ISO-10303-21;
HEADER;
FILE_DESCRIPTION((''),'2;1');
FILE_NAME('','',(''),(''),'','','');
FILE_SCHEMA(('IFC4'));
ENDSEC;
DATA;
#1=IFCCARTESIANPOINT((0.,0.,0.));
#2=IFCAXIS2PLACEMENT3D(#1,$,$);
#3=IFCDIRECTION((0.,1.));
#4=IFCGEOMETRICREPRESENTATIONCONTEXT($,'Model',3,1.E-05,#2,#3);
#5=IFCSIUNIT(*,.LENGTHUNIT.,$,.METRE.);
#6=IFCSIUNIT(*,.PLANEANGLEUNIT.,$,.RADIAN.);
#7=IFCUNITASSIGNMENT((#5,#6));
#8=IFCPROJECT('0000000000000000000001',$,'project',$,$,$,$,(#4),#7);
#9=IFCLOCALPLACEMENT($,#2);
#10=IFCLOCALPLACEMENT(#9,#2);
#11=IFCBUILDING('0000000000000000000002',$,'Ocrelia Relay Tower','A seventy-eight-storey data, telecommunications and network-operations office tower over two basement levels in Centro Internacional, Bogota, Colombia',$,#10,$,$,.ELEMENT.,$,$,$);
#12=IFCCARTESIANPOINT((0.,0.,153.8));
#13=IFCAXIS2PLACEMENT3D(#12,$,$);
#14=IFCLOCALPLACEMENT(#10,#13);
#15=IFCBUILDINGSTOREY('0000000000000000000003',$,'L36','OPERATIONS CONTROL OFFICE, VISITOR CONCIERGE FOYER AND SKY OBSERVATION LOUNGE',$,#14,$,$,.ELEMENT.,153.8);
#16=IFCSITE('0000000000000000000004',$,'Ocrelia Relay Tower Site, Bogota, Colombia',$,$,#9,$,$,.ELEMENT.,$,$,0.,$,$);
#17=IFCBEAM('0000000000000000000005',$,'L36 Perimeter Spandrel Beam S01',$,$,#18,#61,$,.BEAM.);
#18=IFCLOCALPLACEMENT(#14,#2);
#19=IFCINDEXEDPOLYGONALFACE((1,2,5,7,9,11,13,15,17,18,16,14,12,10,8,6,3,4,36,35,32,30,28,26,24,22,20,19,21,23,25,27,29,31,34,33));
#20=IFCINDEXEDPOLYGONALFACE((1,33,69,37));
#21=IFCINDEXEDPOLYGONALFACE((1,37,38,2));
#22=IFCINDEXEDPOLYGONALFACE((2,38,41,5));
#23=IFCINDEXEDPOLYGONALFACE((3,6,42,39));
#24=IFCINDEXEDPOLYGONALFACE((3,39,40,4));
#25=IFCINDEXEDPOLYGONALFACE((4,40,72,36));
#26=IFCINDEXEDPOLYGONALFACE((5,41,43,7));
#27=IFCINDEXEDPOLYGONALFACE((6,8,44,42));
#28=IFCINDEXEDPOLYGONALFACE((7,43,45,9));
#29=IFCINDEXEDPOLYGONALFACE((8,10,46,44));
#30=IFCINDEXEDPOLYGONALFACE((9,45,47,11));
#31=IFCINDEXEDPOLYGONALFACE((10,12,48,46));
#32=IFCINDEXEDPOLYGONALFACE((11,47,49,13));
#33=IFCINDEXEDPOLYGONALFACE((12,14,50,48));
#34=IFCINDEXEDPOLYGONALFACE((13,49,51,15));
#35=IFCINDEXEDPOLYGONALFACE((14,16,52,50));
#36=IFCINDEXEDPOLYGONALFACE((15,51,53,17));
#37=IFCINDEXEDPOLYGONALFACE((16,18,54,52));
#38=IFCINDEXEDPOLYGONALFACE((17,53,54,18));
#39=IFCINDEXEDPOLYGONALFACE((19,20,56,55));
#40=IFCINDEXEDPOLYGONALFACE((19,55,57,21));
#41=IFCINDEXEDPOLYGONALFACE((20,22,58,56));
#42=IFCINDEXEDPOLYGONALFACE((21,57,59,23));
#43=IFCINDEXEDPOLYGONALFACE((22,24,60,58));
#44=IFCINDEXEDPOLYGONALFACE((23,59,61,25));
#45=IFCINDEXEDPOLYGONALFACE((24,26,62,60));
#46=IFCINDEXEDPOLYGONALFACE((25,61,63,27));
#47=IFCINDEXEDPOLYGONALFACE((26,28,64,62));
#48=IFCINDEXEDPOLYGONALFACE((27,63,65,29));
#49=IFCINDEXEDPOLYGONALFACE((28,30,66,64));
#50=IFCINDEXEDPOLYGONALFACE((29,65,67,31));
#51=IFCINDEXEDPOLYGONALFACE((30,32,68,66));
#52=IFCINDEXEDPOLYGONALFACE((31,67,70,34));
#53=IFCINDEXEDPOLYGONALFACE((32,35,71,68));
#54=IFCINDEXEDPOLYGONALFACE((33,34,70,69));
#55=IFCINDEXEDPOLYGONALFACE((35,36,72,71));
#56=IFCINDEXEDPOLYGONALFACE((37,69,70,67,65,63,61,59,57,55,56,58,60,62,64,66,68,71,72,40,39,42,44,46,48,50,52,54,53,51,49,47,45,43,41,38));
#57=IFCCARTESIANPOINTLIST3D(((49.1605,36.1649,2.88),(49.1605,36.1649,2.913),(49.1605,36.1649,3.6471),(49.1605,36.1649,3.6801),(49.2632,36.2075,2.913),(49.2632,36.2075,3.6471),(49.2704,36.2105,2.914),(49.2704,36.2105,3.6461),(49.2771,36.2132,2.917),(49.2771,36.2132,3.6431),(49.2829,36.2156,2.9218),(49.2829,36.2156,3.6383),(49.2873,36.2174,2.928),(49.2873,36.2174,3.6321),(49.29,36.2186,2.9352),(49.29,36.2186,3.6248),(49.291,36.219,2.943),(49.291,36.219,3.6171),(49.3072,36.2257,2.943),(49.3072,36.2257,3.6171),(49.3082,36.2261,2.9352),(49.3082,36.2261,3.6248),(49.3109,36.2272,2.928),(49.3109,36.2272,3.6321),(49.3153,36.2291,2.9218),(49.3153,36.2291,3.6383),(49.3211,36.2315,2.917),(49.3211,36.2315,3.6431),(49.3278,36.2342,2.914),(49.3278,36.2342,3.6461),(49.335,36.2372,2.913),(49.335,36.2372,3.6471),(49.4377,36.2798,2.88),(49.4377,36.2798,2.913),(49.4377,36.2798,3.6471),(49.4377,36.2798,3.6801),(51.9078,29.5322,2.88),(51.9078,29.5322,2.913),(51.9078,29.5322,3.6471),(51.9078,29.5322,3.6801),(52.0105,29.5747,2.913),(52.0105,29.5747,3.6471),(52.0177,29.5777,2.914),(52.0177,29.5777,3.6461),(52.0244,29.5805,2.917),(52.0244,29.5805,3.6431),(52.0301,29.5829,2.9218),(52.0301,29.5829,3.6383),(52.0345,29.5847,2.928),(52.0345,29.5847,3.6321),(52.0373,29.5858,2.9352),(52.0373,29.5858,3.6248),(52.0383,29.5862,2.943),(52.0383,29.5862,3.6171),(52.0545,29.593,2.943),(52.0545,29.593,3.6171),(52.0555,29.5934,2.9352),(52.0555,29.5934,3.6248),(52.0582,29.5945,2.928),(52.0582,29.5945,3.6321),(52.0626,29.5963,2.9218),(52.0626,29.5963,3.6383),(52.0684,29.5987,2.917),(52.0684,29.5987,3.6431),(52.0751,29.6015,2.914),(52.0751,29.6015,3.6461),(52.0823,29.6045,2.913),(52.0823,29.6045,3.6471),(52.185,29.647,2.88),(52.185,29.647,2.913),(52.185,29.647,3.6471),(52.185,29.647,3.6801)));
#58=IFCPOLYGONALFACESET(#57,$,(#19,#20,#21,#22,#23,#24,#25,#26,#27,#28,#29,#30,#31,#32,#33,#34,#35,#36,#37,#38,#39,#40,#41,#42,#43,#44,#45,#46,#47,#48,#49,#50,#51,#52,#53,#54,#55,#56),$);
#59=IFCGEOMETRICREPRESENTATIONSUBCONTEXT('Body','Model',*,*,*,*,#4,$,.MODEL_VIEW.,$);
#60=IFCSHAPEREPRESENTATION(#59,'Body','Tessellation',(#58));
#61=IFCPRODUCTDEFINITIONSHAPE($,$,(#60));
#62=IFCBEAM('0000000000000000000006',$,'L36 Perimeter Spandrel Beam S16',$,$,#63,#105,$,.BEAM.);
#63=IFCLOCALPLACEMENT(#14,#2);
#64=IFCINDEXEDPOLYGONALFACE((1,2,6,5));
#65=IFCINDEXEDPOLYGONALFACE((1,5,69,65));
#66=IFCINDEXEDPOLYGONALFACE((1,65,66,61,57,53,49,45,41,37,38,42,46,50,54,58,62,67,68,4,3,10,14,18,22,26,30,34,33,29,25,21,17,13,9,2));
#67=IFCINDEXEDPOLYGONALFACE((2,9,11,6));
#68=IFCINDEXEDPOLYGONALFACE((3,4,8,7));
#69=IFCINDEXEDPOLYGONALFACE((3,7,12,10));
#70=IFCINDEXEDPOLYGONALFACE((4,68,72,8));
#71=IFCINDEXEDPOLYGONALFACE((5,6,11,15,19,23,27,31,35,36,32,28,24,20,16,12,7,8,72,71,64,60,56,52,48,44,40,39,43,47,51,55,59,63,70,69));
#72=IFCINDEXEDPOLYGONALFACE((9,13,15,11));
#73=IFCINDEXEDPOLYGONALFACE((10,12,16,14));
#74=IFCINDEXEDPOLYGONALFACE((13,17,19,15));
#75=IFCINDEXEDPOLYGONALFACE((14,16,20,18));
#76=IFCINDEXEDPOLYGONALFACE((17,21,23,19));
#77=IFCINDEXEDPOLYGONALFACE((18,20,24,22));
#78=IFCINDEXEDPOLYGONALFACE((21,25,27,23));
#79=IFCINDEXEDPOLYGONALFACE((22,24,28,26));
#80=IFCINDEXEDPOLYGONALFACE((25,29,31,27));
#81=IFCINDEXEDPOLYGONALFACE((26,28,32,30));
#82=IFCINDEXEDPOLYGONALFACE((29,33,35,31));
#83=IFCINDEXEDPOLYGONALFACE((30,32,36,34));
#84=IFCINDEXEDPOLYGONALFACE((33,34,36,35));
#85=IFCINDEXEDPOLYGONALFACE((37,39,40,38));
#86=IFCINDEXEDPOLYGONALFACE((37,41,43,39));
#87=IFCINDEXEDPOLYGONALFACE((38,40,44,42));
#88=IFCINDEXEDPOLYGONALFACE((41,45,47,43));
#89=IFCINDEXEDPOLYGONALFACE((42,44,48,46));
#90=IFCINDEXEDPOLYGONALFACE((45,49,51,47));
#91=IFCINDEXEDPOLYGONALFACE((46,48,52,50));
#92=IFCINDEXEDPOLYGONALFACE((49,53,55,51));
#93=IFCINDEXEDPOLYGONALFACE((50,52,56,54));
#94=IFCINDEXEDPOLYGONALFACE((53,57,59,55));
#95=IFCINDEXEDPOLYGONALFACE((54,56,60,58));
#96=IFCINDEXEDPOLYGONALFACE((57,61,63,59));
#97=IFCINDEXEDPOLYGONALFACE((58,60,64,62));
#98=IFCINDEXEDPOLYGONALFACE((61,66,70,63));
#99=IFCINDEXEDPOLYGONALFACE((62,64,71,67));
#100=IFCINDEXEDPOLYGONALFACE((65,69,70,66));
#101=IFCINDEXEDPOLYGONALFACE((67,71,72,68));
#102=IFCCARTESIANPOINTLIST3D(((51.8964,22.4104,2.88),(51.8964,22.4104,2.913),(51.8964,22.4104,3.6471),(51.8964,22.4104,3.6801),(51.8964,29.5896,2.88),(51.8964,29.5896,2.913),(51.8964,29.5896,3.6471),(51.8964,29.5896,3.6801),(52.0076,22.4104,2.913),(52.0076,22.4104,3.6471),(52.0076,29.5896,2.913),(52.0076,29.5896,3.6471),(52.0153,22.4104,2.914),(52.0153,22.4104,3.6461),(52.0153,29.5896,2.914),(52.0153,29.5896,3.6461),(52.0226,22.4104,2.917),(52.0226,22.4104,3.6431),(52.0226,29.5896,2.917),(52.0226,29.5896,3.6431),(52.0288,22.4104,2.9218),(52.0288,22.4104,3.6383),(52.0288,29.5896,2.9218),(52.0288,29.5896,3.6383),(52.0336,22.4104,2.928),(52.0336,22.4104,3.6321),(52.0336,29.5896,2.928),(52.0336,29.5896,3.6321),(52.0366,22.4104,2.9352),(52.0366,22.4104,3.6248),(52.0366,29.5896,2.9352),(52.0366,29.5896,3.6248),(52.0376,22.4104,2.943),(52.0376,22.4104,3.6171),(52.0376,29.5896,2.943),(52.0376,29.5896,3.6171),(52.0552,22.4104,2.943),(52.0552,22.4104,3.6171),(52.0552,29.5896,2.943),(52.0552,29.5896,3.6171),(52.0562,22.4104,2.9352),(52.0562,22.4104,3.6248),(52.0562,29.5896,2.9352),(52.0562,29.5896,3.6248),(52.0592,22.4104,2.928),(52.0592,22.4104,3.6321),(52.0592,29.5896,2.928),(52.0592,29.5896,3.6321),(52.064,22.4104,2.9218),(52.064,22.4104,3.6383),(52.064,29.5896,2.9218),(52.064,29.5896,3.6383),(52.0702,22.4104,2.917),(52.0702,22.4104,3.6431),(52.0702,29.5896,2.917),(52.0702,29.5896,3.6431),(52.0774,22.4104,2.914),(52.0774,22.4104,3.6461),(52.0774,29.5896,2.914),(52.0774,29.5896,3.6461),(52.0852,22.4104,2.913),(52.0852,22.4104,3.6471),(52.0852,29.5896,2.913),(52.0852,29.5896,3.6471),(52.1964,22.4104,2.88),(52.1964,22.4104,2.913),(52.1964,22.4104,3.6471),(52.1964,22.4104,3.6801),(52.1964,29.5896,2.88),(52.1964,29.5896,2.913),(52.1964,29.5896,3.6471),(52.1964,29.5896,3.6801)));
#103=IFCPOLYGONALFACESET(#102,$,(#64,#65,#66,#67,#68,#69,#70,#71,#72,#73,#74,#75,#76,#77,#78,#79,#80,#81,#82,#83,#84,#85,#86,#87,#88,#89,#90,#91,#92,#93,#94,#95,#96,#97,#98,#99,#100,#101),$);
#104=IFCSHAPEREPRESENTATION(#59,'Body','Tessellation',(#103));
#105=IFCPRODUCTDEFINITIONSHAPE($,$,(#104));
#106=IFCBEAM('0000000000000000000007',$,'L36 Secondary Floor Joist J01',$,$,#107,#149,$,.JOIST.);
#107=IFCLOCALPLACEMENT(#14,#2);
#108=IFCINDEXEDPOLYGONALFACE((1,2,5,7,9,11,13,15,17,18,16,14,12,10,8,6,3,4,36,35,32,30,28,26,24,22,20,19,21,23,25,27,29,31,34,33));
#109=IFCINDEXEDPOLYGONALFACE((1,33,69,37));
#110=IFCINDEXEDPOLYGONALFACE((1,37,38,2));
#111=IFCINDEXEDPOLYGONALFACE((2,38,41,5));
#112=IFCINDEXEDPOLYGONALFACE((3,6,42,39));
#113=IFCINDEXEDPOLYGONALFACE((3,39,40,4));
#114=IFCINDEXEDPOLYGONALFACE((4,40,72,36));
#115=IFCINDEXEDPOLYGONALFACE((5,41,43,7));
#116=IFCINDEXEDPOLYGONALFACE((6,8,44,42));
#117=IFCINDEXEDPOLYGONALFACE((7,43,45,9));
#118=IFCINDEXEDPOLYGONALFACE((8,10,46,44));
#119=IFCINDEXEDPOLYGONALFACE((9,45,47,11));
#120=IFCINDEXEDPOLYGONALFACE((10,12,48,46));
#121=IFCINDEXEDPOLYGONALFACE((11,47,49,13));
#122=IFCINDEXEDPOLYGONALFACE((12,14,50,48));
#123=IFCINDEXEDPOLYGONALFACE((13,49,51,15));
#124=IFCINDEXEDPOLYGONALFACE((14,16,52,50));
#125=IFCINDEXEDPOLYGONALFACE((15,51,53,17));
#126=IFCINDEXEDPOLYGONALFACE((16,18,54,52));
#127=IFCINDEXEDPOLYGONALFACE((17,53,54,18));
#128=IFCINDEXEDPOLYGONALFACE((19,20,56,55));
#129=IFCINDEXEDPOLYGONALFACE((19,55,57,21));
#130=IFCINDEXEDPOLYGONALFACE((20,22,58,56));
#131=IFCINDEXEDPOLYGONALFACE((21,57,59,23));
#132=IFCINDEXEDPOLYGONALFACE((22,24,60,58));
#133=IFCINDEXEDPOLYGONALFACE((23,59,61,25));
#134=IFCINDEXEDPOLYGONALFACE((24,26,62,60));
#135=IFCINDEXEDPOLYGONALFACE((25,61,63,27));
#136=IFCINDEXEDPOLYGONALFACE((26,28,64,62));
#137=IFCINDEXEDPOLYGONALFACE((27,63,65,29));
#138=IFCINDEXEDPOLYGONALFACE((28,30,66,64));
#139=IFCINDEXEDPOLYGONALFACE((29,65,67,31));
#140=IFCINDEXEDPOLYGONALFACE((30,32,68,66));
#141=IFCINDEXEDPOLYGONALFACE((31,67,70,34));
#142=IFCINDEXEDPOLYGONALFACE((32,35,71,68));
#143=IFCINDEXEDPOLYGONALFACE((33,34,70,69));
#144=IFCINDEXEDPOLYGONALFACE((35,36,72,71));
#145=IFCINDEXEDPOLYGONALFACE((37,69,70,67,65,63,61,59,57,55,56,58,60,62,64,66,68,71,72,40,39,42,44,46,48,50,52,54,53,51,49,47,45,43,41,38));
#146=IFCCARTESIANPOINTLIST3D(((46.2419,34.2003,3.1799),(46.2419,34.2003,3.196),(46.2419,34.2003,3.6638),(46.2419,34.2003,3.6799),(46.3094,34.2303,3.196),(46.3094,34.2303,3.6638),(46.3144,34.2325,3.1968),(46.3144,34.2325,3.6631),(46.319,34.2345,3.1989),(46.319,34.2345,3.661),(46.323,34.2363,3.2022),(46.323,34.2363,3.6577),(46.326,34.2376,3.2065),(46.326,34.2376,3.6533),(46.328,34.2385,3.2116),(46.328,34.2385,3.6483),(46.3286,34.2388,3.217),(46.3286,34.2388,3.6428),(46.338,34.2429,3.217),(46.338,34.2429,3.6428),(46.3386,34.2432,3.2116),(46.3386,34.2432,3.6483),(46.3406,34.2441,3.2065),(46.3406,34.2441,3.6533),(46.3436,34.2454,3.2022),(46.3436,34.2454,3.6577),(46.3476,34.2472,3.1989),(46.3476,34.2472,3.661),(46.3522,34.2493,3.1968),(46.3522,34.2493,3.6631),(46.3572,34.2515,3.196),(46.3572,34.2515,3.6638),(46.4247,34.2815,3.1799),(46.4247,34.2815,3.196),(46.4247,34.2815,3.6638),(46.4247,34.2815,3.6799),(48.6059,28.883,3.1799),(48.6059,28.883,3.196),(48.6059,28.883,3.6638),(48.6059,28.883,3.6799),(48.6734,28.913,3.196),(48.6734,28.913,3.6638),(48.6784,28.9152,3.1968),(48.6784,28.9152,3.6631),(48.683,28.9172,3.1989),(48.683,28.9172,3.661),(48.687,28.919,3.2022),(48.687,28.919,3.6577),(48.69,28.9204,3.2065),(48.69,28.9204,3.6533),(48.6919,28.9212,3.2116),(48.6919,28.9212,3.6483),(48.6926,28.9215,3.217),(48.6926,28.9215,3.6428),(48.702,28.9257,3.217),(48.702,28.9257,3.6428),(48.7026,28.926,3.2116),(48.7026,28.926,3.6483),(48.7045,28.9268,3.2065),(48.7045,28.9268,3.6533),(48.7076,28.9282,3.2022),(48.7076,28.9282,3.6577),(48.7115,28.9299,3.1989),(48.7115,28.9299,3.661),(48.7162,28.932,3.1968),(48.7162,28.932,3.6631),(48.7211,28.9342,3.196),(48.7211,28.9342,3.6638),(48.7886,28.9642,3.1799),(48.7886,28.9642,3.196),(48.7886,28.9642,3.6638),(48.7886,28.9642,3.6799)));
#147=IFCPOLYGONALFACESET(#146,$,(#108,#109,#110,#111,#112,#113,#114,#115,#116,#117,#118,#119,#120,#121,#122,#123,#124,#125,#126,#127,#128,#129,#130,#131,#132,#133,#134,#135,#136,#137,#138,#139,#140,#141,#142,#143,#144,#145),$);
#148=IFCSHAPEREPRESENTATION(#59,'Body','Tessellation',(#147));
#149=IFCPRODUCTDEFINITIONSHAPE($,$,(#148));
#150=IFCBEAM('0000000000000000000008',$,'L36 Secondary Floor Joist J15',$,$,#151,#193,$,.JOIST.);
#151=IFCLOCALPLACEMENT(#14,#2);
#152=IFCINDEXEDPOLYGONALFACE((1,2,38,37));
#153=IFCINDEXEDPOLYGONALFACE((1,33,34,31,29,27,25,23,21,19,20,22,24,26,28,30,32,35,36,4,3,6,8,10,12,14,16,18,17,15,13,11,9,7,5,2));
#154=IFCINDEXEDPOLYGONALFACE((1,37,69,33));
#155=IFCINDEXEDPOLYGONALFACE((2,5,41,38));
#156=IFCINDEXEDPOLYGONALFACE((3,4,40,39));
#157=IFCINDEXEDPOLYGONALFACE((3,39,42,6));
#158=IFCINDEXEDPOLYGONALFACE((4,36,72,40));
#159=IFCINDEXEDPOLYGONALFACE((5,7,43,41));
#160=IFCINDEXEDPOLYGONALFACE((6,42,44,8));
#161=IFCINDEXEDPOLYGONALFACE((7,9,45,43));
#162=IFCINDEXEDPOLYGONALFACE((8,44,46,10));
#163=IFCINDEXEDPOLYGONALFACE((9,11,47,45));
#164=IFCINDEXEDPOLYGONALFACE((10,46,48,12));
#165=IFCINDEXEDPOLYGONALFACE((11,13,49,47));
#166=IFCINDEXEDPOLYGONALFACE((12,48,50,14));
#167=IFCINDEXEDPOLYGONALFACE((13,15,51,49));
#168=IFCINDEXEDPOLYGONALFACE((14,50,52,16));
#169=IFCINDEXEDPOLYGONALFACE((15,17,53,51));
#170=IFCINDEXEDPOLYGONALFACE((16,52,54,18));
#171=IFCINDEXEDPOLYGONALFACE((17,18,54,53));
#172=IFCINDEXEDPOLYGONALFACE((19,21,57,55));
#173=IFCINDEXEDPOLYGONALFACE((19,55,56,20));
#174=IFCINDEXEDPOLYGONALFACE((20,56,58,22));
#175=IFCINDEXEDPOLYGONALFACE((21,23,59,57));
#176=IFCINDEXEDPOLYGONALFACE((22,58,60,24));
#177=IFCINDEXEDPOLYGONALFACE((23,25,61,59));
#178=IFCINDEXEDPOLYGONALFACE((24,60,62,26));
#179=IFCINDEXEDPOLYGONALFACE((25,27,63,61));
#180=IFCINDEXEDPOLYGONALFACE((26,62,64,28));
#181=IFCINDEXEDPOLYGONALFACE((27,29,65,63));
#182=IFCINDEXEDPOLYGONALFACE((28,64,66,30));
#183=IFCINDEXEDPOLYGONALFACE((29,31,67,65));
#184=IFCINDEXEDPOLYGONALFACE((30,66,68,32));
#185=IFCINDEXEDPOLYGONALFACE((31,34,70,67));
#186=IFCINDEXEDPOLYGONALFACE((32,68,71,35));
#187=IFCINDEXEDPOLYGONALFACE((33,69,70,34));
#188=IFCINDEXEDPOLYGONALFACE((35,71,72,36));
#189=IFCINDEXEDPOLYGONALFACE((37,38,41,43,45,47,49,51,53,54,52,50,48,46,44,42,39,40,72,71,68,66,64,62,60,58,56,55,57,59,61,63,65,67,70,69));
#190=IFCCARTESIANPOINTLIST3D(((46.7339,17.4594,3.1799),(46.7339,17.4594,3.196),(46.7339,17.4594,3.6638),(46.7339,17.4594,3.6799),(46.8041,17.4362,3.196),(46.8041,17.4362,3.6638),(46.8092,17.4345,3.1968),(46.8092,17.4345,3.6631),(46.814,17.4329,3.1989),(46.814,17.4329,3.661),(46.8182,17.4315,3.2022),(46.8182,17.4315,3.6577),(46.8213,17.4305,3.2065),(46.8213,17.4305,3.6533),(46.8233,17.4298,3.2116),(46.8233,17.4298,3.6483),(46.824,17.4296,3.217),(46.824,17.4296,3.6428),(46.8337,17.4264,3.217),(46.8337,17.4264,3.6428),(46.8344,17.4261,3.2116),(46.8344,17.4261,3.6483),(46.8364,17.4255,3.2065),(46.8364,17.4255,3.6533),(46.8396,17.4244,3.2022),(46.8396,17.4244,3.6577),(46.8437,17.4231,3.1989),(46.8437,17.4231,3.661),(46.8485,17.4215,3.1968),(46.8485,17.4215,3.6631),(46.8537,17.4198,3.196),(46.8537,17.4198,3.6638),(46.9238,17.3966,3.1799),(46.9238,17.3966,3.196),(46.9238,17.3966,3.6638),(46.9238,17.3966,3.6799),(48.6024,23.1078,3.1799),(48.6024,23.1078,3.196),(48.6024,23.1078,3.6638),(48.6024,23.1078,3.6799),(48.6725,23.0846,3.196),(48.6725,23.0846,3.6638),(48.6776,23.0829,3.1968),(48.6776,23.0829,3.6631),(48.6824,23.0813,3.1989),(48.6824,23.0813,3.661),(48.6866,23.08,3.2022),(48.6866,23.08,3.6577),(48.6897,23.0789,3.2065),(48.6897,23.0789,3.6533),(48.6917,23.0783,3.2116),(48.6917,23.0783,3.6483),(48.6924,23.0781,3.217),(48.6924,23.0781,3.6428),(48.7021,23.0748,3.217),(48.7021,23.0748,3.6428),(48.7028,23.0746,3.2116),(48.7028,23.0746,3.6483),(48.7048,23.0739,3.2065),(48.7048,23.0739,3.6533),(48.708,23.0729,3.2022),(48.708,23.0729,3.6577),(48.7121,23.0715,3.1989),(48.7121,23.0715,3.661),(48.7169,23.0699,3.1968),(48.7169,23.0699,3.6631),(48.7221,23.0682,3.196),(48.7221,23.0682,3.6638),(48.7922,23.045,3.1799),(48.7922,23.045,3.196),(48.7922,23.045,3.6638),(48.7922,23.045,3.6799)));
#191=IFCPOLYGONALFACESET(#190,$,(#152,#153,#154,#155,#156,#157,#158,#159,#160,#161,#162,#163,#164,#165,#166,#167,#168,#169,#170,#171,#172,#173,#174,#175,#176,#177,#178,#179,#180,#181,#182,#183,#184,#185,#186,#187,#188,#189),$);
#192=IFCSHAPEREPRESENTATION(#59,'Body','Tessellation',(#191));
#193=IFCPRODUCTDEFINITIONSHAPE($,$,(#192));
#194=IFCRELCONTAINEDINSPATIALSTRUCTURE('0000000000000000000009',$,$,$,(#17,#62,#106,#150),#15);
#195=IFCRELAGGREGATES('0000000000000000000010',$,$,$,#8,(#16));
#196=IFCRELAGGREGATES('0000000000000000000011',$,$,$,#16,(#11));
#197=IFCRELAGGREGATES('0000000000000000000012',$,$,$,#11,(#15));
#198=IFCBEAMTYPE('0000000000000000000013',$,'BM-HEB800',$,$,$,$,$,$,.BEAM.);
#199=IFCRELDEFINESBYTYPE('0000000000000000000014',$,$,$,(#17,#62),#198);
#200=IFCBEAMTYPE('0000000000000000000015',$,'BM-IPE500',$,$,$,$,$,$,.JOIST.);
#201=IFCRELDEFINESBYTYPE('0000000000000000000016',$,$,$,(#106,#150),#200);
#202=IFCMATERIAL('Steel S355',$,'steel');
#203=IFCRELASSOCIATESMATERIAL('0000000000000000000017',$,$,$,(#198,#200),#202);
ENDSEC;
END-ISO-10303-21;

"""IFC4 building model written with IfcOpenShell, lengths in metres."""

from ifc_helpers import new_model, si_unit, direction, frame, origin, origin_2d, place, context, subcontext, project, spatial, i_section, extrude, material, material_profile, profile_set, type_object, element, save


model = new_model("IFC4")

# Units and contexts
model_context = context("Model", 3, precision=1e-05, world=origin(), true_north=direction((0.0, 1.0)))
body_context = subcontext(model_context, "Body", "Model", "MODEL_VIEW")
ifc_project = project(units=[si_unit("LENGTHUNIT", "METRE"), si_unit("PLANEANGLEUNIT", "RADIAN")], contexts=[model_context])

# Site, building, storey
site_placement = place(None, origin())
site = spatial("IfcSite", under=ifc_project, at=site_placement, Name="Ocrelia Relay Tower Site, Bogota, Colombia", CompositionType="ELEMENT", RefElevation=0.0)
building_placement = place(site_placement, origin())
building = spatial("IfcBuilding", under=site, at=building_placement, Name="Ocrelia Relay Tower", Description="A seventy-eight-storey data, telecommunications and network-operations office tower over two basement levels in Centro Internacional, Bogota, Colombia", CompositionType="ELEMENT")
storey_placement = place(building_placement, frame((0.0, 0.0, 153.8)))
storey = spatial("IfcBuildingStorey", under=building, at=storey_placement, Name="L36", Description="OPERATIONS CONTROL OFFICE, VISITOR CONCIERGE FOYER AND SKY OBSERVATION LOUNGE", CompositionType="ELEMENT", Elevation=153.8)

# Beams
ifc_material_1 = material(Name="Steel S355", Category="steel")
ifc_material_profile_1 = material_profile(ifc_material_1, i_section(OverallWidth=0.3, OverallDepth=0.8, WebThickness=0.0176, FlangeThickness=0.033, FilletRadius=0.03, at=origin_2d()), Name="HEB 800")
ifc_profile_set_1 = profile_set([ifc_material_profile_1], Name="Steel S355")
beam_type_1 = type_object("IfcBeamType", Name="BM-HEB800", PredefinedType="BEAM", material=ifc_profile_set_1)
for number, where, z_axis, x_axis, name in (
    (1, (52.0464, 29.5896, 3.28), (-0.382673, 0.923884, 0.0), (-0.923884, -0.382673, 0.0), "L36 Perimeter Spandrel Beam S01"),
    (2, (52.0464, 22.4104, 3.28), (0.0, 1.0, 0.0), (-1.0, 0.0, 0.0), "L36 Perimeter Spandrel Beam S16"),
):
    element("IfcBeam", number, at=place(storey_placement, frame(where, z_axis=z_axis, x_axis=x_axis)), inside=storey, type_object=beam_type_1, Name=name, PredefinedType="BEAM", context=body_context, shape_type="SweptSolid", body=[
        extrude(i_section(OverallWidth=0.3, OverallDepth=0.8, WebThickness=0.0176, FlangeThickness=0.033, FilletRadius=0.03, at=origin_2d()), origin(), (0.0, 0.0, 1.0), 7.1792),
    ])
ifc_material_profile_2 = material_profile(ifc_material_1, i_section(OverallWidth=0.2, OverallDepth=0.5, WebThickness=0.0103, FlangeThickness=0.0161, FilletRadius=0.021, at=origin_2d()), Name="IPE 500")
ifc_profile_set_2 = profile_set([ifc_material_profile_2], Name="Steel S355")
beam_type_2 = type_object("IfcBeamType", Name="BM-IPE500", PredefinedType="JOIST", material=ifc_profile_set_2)
beam_1_placement = place(storey_placement, frame((48.6973, 28.9236, 3.4299), z_axis=(-0.406244, 0.913765, 0.0), x_axis=(-0.913765, -0.406244, 0.0)))
element("IfcBeam", 3, at=beam_1_placement, inside=storey, type_object=beam_type_2, Name="L36 Secondary Floor Joist J01", PredefinedType="JOIST", context=body_context, shape_type="SweptSolid", body=[
    extrude(i_section(OverallWidth=0.2, OverallDepth=0.5, WebThickness=0.0103, FlangeThickness=0.0161, FilletRadius=0.021, at=origin_2d()), origin(), (0.0, 0.0, 1.0), 5.8191),
])
beam_2_placement = place(storey_placement, frame((46.8289, 17.428, 3.4299), z_axis=(0.314048, 0.949407, 0.0), x_axis=(-0.949407, 0.314048, 0.0)))
element("IfcBeam", 4, at=beam_2_placement, inside=storey, type_object=beam_type_2, Name="L36 Secondary Floor Joist J15", PredefinedType="JOIST", context=body_context, shape_type="SweptSolid", body=[
    extrude(i_section(OverallWidth=0.2, OverallDepth=0.5, WebThickness=0.0103, FlangeThickness=0.0161, FilletRadius=0.021, at=origin_2d()), origin(), (0.0, 0.0, 1.0), 5.9495),
])

save(model, "model.ifc")
